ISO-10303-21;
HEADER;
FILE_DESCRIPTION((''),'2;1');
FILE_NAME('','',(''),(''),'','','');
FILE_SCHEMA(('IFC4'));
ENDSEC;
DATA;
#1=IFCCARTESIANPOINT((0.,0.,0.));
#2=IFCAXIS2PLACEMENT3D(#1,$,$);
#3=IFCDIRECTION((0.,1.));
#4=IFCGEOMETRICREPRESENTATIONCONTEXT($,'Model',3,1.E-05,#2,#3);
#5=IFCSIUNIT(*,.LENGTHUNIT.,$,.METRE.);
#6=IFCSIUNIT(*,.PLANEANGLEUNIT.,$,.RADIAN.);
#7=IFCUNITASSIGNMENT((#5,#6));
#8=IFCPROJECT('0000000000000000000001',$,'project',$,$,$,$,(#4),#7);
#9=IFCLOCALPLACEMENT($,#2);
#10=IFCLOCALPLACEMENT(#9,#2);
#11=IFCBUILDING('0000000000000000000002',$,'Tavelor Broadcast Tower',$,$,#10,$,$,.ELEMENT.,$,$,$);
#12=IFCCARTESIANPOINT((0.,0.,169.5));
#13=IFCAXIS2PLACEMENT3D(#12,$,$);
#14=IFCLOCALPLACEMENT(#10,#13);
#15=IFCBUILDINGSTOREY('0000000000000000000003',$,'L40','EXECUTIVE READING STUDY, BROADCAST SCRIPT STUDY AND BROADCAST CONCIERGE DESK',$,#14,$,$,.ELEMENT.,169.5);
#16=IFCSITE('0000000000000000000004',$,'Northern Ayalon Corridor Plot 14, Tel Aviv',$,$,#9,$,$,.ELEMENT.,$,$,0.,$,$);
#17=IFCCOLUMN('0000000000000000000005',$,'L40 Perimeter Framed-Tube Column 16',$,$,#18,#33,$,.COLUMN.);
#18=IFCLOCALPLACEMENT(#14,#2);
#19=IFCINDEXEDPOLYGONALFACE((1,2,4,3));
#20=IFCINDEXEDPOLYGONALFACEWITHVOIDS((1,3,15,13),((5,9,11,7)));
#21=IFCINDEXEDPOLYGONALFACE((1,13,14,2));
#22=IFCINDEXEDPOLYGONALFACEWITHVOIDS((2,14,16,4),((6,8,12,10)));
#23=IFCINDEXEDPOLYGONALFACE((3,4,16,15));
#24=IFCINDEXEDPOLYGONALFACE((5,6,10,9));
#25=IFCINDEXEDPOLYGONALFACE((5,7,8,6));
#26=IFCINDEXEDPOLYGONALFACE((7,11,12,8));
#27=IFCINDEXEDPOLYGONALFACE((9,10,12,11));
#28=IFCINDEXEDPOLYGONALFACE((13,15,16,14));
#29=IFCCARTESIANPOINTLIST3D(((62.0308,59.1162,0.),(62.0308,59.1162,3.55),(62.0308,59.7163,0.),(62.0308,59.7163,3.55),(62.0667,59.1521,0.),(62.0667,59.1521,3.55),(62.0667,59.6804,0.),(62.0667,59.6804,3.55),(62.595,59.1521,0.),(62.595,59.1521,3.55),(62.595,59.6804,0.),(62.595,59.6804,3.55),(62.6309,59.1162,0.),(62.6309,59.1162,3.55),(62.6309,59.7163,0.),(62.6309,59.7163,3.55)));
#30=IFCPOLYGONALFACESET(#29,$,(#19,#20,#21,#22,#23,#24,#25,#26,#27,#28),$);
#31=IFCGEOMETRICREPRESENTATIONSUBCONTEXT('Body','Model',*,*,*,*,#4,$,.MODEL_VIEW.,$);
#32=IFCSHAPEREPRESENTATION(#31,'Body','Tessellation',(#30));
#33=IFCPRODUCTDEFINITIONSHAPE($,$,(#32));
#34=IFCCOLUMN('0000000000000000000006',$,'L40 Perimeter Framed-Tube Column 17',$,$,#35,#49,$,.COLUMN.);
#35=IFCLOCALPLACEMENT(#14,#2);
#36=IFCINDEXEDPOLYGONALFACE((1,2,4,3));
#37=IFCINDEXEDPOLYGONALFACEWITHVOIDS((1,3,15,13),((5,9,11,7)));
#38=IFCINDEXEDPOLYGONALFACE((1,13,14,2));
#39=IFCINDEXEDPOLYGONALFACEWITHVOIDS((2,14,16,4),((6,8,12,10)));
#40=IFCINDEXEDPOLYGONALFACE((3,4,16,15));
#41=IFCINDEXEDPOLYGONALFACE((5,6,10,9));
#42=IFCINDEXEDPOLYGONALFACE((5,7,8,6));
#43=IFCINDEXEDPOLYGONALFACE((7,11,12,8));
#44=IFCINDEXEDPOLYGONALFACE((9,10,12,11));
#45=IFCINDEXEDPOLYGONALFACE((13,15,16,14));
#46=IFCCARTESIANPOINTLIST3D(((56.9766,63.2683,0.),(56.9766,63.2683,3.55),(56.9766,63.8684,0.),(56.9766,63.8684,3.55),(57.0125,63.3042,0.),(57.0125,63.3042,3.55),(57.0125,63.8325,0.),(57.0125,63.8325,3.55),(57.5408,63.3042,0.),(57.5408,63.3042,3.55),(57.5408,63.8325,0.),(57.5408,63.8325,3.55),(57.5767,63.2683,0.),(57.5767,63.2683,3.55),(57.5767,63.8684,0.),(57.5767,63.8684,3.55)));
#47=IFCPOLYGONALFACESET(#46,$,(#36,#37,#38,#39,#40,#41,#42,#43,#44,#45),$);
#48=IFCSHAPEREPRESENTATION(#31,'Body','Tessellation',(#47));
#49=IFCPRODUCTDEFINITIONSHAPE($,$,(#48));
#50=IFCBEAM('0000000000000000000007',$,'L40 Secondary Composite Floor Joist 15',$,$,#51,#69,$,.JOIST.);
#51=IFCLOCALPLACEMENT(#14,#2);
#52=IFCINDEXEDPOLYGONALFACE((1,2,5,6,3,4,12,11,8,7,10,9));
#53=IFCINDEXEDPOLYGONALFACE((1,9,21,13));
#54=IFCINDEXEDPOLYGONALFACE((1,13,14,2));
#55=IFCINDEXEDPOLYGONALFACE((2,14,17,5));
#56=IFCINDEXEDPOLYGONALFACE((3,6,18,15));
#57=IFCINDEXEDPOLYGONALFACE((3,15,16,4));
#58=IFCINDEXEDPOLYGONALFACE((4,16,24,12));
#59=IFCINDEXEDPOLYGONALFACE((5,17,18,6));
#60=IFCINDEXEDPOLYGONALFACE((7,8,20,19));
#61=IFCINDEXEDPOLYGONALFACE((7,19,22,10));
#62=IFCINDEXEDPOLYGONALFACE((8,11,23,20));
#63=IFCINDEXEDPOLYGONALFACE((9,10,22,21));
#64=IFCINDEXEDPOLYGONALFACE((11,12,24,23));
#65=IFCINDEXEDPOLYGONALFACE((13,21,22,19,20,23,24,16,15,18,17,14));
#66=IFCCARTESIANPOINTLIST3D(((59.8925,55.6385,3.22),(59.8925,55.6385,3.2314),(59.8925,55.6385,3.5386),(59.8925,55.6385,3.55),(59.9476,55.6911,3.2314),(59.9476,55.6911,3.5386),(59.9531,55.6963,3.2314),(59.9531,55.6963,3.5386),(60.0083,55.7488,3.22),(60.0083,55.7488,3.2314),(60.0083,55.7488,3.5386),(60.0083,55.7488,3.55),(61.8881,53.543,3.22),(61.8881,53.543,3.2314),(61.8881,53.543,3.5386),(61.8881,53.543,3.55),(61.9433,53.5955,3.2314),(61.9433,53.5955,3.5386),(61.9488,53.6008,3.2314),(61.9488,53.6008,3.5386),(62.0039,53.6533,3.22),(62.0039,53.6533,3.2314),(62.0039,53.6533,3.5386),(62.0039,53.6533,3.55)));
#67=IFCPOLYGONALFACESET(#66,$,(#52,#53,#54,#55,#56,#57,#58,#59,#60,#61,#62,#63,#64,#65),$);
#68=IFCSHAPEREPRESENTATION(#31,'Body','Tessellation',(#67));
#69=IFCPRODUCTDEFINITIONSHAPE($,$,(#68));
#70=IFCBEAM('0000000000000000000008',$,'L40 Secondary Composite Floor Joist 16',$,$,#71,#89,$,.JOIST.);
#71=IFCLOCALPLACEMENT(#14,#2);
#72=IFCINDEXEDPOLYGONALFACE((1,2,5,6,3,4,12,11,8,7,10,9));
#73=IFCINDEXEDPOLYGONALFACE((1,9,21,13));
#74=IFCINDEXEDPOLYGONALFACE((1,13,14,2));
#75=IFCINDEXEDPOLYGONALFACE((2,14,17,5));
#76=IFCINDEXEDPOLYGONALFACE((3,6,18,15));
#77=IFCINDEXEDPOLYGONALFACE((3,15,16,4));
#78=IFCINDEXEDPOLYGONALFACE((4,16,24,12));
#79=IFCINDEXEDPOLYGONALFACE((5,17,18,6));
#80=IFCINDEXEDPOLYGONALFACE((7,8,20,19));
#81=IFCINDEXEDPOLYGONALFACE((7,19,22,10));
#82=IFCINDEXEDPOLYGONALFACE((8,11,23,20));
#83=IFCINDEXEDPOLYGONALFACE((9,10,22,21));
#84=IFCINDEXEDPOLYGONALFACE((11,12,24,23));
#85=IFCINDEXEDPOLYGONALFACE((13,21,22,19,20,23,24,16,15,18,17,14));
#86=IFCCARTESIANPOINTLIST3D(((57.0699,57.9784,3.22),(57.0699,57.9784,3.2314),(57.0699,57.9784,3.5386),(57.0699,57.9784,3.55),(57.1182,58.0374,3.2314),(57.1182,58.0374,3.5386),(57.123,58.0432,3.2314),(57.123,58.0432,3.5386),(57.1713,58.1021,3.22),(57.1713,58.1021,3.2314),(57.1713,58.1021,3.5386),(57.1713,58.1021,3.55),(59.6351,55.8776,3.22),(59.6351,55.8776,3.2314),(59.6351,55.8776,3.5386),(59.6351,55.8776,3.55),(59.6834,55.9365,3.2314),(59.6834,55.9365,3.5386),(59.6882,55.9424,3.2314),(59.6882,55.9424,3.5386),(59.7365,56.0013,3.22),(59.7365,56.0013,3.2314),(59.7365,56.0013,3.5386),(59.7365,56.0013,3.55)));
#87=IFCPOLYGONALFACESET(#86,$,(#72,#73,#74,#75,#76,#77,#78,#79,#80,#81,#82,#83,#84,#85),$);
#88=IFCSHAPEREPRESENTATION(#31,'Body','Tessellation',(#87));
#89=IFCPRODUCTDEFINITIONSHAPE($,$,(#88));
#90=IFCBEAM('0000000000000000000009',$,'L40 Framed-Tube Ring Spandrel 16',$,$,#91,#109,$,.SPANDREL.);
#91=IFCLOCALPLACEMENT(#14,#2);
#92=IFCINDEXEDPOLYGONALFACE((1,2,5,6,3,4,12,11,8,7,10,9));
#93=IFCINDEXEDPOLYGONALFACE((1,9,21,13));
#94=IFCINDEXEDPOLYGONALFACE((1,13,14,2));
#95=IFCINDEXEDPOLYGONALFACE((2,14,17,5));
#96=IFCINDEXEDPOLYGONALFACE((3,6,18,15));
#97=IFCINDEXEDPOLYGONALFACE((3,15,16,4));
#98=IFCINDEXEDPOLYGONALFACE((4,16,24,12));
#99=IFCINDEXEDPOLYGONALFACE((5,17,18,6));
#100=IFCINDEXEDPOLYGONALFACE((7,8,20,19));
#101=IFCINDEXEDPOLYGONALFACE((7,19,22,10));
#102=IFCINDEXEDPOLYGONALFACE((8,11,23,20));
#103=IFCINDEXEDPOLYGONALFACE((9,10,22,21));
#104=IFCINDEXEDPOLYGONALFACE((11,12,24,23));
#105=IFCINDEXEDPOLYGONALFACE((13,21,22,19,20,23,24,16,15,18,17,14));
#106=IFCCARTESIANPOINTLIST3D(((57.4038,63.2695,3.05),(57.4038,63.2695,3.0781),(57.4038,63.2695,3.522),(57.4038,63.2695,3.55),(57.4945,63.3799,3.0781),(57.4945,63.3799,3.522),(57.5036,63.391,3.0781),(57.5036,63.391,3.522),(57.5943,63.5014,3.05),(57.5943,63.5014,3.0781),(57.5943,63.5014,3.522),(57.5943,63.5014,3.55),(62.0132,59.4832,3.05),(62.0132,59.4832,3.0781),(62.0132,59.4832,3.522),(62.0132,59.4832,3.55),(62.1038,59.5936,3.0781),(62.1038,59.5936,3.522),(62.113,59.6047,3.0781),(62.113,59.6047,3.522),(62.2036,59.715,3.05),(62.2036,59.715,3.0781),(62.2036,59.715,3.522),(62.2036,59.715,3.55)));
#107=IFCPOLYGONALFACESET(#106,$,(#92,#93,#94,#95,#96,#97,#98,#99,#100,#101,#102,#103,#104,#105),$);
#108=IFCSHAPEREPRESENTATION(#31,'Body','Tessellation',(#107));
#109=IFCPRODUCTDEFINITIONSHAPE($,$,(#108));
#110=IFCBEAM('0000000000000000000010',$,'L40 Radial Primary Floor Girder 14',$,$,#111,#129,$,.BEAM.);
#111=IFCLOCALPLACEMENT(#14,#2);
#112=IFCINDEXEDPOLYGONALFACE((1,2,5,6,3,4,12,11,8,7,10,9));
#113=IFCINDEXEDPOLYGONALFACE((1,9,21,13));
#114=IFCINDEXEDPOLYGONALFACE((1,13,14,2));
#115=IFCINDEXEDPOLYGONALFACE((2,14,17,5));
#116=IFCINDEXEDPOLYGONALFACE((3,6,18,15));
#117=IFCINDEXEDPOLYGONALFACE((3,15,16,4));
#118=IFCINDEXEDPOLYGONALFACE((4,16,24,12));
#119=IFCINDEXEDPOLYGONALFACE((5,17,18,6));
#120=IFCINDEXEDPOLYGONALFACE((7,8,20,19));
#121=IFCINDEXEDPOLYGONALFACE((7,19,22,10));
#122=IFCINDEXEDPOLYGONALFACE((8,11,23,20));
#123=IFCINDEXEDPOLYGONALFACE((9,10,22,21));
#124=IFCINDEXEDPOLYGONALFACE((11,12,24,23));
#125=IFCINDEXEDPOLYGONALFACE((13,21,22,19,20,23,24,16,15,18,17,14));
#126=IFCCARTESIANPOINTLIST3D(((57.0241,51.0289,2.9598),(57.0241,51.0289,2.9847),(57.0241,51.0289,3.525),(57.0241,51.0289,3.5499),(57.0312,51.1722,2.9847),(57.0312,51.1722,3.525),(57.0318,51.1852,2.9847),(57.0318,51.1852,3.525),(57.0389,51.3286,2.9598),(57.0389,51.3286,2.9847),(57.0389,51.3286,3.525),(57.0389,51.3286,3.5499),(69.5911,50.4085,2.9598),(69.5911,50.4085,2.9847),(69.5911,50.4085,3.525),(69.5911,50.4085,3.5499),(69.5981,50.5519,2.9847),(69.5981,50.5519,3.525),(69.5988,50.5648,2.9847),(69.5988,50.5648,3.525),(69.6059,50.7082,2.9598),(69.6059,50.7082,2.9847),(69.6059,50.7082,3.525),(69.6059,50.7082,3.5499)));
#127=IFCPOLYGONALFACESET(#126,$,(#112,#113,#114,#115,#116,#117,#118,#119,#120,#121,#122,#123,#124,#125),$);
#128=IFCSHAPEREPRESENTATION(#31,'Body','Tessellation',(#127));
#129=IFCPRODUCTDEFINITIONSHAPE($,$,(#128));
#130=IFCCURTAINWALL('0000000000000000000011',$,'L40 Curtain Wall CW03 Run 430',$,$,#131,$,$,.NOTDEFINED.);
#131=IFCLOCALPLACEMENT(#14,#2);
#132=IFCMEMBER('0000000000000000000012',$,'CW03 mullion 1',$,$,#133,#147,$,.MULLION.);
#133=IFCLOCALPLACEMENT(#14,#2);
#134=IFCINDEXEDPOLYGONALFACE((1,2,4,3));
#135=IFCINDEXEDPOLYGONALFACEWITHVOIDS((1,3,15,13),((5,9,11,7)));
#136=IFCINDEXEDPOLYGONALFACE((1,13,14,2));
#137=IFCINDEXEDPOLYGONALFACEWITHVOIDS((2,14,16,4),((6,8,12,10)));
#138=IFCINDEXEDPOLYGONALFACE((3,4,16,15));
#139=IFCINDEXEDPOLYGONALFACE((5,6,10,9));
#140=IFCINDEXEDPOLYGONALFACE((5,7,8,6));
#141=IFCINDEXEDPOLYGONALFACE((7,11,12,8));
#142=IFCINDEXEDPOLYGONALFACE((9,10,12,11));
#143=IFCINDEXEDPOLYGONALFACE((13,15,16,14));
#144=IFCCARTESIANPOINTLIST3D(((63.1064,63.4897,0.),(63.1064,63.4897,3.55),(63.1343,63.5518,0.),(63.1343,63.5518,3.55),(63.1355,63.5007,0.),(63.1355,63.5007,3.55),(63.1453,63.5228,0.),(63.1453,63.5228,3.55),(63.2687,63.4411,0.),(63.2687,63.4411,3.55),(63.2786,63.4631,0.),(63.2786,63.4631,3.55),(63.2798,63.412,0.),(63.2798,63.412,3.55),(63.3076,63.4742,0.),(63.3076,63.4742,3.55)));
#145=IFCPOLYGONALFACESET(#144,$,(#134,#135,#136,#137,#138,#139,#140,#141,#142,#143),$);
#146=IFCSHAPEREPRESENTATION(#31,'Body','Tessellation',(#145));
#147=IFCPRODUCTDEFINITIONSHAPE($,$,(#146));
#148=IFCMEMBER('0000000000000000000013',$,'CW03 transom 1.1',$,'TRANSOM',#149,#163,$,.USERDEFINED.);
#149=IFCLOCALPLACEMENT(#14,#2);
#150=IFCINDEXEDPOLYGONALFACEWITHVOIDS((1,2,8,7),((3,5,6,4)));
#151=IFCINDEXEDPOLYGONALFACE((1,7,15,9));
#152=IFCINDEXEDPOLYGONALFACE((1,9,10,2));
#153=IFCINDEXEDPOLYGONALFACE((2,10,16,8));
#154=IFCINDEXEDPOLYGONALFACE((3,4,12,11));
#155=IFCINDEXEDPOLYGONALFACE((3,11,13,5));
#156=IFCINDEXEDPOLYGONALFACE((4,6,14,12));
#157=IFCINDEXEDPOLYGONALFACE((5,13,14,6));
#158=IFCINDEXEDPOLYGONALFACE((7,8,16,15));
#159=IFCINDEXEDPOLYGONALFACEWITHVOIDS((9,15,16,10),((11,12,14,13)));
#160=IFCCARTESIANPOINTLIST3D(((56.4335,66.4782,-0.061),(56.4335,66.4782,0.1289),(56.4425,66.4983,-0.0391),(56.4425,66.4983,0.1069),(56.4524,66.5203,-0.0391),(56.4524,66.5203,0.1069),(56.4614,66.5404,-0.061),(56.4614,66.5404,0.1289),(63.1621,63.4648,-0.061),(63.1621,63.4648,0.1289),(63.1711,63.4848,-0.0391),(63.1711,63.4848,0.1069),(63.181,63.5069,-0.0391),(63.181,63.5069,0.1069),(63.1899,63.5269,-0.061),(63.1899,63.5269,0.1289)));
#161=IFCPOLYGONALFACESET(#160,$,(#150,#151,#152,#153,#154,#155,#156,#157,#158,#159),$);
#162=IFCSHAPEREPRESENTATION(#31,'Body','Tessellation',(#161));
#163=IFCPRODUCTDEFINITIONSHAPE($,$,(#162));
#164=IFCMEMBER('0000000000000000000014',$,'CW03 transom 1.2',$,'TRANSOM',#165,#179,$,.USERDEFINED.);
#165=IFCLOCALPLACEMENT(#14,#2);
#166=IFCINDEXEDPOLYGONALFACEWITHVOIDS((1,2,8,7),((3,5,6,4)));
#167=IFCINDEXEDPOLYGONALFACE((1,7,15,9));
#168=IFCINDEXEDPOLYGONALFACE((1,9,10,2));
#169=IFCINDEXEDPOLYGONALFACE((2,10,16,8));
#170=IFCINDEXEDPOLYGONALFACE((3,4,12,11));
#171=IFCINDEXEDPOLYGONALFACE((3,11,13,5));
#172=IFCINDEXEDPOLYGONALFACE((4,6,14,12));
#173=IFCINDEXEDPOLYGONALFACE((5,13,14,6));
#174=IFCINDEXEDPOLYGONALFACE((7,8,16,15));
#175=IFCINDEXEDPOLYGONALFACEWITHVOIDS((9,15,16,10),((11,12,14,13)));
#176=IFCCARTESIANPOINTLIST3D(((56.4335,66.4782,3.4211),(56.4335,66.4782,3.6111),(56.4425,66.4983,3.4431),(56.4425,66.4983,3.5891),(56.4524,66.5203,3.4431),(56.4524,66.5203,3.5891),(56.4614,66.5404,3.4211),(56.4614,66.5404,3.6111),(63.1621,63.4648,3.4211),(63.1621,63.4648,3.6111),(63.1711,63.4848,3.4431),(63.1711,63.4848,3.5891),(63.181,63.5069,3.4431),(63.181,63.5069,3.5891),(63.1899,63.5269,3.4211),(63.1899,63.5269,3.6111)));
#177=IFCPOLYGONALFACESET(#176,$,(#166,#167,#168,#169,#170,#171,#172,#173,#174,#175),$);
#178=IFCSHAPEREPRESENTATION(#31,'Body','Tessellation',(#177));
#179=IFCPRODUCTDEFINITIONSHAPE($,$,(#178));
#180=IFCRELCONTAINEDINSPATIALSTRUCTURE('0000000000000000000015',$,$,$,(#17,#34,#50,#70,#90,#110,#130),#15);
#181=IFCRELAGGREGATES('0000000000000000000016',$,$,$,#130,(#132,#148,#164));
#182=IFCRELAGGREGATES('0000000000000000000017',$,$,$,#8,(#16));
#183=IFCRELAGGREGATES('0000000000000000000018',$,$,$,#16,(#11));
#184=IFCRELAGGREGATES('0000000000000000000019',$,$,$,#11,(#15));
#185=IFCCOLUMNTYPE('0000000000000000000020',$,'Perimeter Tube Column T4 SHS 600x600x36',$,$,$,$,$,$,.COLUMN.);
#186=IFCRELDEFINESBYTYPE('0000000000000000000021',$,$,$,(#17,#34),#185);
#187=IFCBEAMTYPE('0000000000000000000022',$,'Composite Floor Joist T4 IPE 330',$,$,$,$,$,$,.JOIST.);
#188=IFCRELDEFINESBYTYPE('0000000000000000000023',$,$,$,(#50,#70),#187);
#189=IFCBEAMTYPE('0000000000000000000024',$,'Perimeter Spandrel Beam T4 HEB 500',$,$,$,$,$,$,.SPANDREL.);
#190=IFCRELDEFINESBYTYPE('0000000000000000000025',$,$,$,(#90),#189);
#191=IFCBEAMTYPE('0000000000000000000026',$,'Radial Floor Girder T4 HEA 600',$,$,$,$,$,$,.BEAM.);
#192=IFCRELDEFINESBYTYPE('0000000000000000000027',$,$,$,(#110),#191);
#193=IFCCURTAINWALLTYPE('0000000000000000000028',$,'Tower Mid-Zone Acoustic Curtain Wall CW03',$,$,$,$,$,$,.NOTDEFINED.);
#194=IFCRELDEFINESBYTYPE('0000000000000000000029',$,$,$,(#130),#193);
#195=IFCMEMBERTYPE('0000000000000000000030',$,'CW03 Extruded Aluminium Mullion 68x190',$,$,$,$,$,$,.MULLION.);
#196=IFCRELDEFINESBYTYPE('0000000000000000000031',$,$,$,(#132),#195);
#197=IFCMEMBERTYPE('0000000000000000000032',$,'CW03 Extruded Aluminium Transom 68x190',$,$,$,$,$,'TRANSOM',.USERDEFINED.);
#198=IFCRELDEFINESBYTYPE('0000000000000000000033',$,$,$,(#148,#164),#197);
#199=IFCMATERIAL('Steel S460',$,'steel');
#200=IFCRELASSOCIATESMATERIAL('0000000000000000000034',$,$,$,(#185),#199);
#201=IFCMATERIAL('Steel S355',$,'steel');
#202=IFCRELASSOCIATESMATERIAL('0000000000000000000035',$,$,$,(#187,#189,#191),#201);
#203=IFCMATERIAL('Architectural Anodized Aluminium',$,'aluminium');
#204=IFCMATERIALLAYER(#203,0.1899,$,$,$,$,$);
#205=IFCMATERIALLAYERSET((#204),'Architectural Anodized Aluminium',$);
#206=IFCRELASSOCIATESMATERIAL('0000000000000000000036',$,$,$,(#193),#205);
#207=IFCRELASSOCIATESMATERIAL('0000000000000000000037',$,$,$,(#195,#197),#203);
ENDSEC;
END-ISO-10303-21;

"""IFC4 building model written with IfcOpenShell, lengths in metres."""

from ifc_helpers import new_model, si_unit, direction, frame, origin, origin_2d, place, context, subcontext, project, spatial, hollow_rectangle, i_section, extrude, source, transform, mapped, material, layer, layer_set, material_profile, profile_set, type_object, type_shapes, element, aggregate, save


model = new_model("IFC4")

# Units and contexts
model_context = context("Model", 3, precision=1e-05, world=origin(), true_north=direction((0.0, 1.0)))
body_context = subcontext(model_context, "Body", "Model", "MODEL_VIEW")
ifc_project = project(units=[si_unit("LENGTHUNIT", "METRE"), si_unit("PLANEANGLEUNIT", "RADIAN")], contexts=[model_context])

# Site, building, storey
site_placement = place(None, origin())
site = spatial("IfcSite", under=ifc_project, at=site_placement, Name="Northern Ayalon Corridor Plot 14, Tel Aviv", CompositionType="ELEMENT", RefElevation=0.0)
building_placement = place(site_placement, origin())
building = spatial("IfcBuilding", under=site, at=building_placement, Name="Tavelor Broadcast Tower", CompositionType="ELEMENT")
storey_placement = place(building_placement, frame((0.0, 0.0, 169.5)))
storey = spatial("IfcBuildingStorey", under=building, at=storey_placement, Name="L40", Description="EXECUTIVE READING STUDY, BROADCAST SCRIPT STUDY AND BROADCAST CONCIERGE DESK", CompositionType="ELEMENT", Elevation=169.5)

# Columns
ifc_material_1 = material(Name="Steel S460", Category="steel")
ifc_material_profile_1 = material_profile(ifc_material_1, hollow_rectangle(XDim=0.6001, YDim=0.6001, WallThickness=0.0359, at=origin_2d()), Name="SHS 600x600x36")
ifc_profile_set_1 = profile_set([ifc_material_profile_1], Name="Steel S460")
column_type = type_object("IfcColumnType", Name="Perimeter Tube Column T4 SHS 600x600x36", PredefinedType="COLUMN", material=ifc_profile_set_1)
for number, where, z_axis, x_axis, name in (
    (1, (62.3308, 59.4163, 0.0), (0.0, 0.0, 1.0), (1.0, 0.0, 0.0), "L40 Perimeter Framed-Tube Column 16"),
    (2, (57.2766, 63.5684, 0.0), (0.0, 0.0, 1.0), (1.0, 0.0, 0.0), "L40 Perimeter Framed-Tube Column 17"),
):
    element("IfcColumn", number, at=place(storey_placement, frame(where, z_axis=z_axis, x_axis=x_axis)), inside=storey, type_object=column_type, Name=name, PredefinedType="COLUMN", context=body_context, shape_type="SweptSolid", body=[
        extrude(hollow_rectangle(XDim=0.6001, YDim=0.6001, WallThickness=0.0359, at=origin_2d()), origin(), (0.0, 0.0, 1.0), 3.55),
    ])

# Beams
ifc_material_2 = material(Name="Steel S355", Category="steel")
ifc_material_profile_2 = material_profile(ifc_material_2, i_section(OverallWidth=0.1599, OverallDepth=0.3301, WebThickness=0.0076, FlangeThickness=0.0115, at=origin_2d()), Name="IPE 330")
ifc_profile_set_2 = profile_set([ifc_material_profile_2], Name="Steel S355")
beam_type_1 = type_object("IfcBeamType", Name="Composite Floor Joist T4 IPE 330", PredefinedType="JOIST", material=ifc_profile_set_2)
beam_1_placement = place(storey_placement, frame((61.946, 53.5981, 3.385), z_axis=(-0.689643, 0.72415, 0.0), x_axis=(-0.72415, -0.689643, 0.0)))
element("IfcBeam", 3, at=beam_1_placement, inside=storey, type_object=beam_type_1, Name="L40 Secondary Composite Floor Joist 15", PredefinedType="JOIST", context=body_context, shape_type="SweptSolid", body=[
    extrude(i_section(OverallWidth=0.1599, OverallDepth=0.3301, WebThickness=0.0076, FlangeThickness=0.0115, at=origin_2d()), origin(), (0.0, 0.0, 1.0), 2.8938),
])
beam_2_placement = place(storey_placement, frame((59.6858, 55.9395, 3.385), z_axis=(-0.773655, 0.633607, 0.0), x_axis=(-0.633607, -0.773655, 0.0)))
element("IfcBeam", 4, at=beam_2_placement, inside=storey, type_object=beam_type_1, Name="L40 Secondary Composite Floor Joist 16", PredefinedType="JOIST", context=body_context, shape_type="SweptSolid", body=[
    extrude(i_section(OverallWidth=0.1599, OverallDepth=0.3301, WebThickness=0.0076, FlangeThickness=0.0115, at=origin_2d()), origin(), (0.0, 0.0, 1.0), 3.3157),
])
ifc_material_profile_3 = material_profile(ifc_material_2, i_section(OverallWidth=0.3, OverallDepth=0.5, WebThickness=0.0144, FlangeThickness=0.0281, at=origin_2d()), Name="HEB 500")
ifc_profile_set_3 = profile_set([ifc_material_profile_3], Name="Steel S355")
beam_type_2 = type_object("IfcBeamType", Name="Perimeter Spandrel Beam T4 HEB 500", PredefinedType="SPANDREL", material=ifc_profile_set_3)
beam_3_placement = place(storey_placement, frame((62.1084, 59.5991, 3.3), z_axis=(-0.772718, 0.63475, 0.0), x_axis=(-0.63475, -0.772718, 0.0)))
element("IfcBeam", 5, at=beam_3_placement, inside=storey, type_object=beam_type_2, Name="L40 Framed-Tube Ring Spandrel 16", PredefinedType="SPANDREL", context=body_context, shape_type="SweptSolid", body=[
    extrude(i_section(OverallWidth=0.3, OverallDepth=0.5, WebThickness=0.0144, FlangeThickness=0.0281, at=origin_2d()), origin(), (0.0, 0.0, 1.0), 5.9651),
])
ifc_material_profile_4 = material_profile(ifc_material_2, i_section(OverallWidth=0.3, OverallDepth=0.5901, WebThickness=0.0129, FlangeThickness=0.0249, at=origin_2d()), Name="HEA 600")
ifc_profile_set_4 = profile_set([ifc_material_profile_4], Name="Steel S355")
beam_type_3 = type_object("IfcBeamType", Name="Radial Floor Girder T4 HEA 600", PredefinedType="BEAM", material=ifc_profile_set_4)
beam_4_placement = place(storey_placement, frame((57.0315, 51.1787, 3.2549), z_axis=(0.998784, -0.049305, 0.0), x_axis=(0.049305, 0.998784, 0.0)))
element("IfcBeam", 6, at=beam_4_placement, inside=storey, type_object=beam_type_3, Name="L40 Radial Primary Floor Girder 14", PredefinedType="BEAM", context=body_context, shape_type="SweptSolid", body=[
    extrude(i_section(OverallWidth=0.3, OverallDepth=0.5901, WebThickness=0.0129, FlangeThickness=0.0249, at=origin_2d()), origin(), (0.0, 0.0, 1.0), 12.5823),
])

# Curtain wall, members
ifc_material_3 = material(Name="Architectural Anodized Aluminium", Category="aluminium")
ifc_layer_1 = layer(ifc_material_3, 0.1899)
ifc_layer_set_1 = layer_set([ifc_layer_1], Name="Architectural Anodized Aluminium")
curtain_wall_type = type_object("IfcCurtainWallType", Name="Tower Mid-Zone Acoustic Curtain Wall CW03", PredefinedType="NOTDEFINED", material=ifc_layer_set_1)
curtain_wall_placement = place(storey_placement, origin())
curtain_wall = element("IfcCurtainWall", 7, at=curtain_wall_placement, inside=storey, type_object=curtain_wall_type, Name="L40 Curtain Wall CW03 Run 430", PredefinedType="NOTDEFINED")
ifc_material_profile_5 = material_profile(ifc_material_3, hollow_rectangle(XDim=0.0681, YDim=0.1899, WallThickness=0.022, at=origin_2d()), Name="RHS 68x190x22")
ifc_profile_set_5 = profile_set([ifc_material_profile_5], Name="Architectural Anodized Aluminium")
member_type_1 = type_object("IfcMemberType", Name="CW03 Extruded Aluminium Mullion 68x190", PredefinedType="MULLION", material=ifc_profile_set_5)
shared_shape_1 = source(origin(), body_context, "Body", "SweptSolid", [
    extrude(hollow_rectangle(XDim=0.0681, YDim=0.1899, WallThickness=0.022, at=origin_2d()), origin(), (0.0, 0.0, 1.0), 3.55),
])
type_shapes(member_type_1, [shared_shape_1])
member_1_placement = place(storey_placement, frame((63.207, 63.4819, 0.0), z_axis=(0.0, 0.0, 1.0), x_axis=(-0.408733, -0.912654, 0.0)))
member_1 = element("IfcMember", 8, at=member_1_placement, type_object=member_type_1, Name="CW03 mullion 1", PredefinedType="MULLION", context=body_context, shape_type="MappedRepresentation", body=[
    mapped(shared_shape_1, transform((0.0, 0.0, 0.0), scale=1.0)),
])
ifc_material_profile_6 = material_profile(ifc_material_3, hollow_rectangle(XDim=0.0681, YDim=0.1899, WallThickness=0.022, at=origin_2d()), Name="RHS 68x190x22")
ifc_profile_set_6 = profile_set([ifc_material_profile_6], Name="Architectural Anodized Aluminium")
member_type_2 = type_object("IfcMemberType", Name="CW03 Extruded Aluminium Transom 68x190", ElementType="TRANSOM", PredefinedType="USERDEFINED", material=ifc_profile_set_6)
shared_shape_2 = source(origin(), body_context, "Body", "SweptSolid", [
    extrude(hollow_rectangle(XDim=0.0681, YDim=0.1899, WallThickness=0.022, at=origin_2d()), origin(), (0.0, 0.0, 1.0), 7.3726),
])
type_shapes(member_type_2, [shared_shape_2])
member_2_placement = place(storey_placement, frame((63.176, 63.4958, 0.0339), z_axis=(-0.912651, 0.408739, 0.0), x_axis=(-0.408739, -0.912651, 0.0)))
member_2 = element("IfcMember", 9, at=member_2_placement, type_object=member_type_2, Name="CW03 transom 1.1", ObjectType="TRANSOM", PredefinedType="USERDEFINED", context=body_context, shape_type="MappedRepresentation", body=[
    mapped(shared_shape_2, transform((0.0, 0.0, 0.0), scale=1.0)),
])
member_3_placement = place(storey_placement, frame((63.176, 63.4958, 3.5161), z_axis=(-0.912651, 0.408739, 0.0), x_axis=(-0.408739, -0.912651, 0.0)))
member_3 = element("IfcMember", 10, at=member_3_placement, type_object=member_type_2, Name="CW03 transom 1.2", ObjectType="TRANSOM", PredefinedType="USERDEFINED", context=body_context, shape_type="MappedRepresentation", body=[
    mapped(shared_shape_2, transform((0.0, 0.0, 0.0), scale=1.0)),
])

aggregate(curtain_wall, [member_1, member_2, member_3])

save(model, "model.ifc")
